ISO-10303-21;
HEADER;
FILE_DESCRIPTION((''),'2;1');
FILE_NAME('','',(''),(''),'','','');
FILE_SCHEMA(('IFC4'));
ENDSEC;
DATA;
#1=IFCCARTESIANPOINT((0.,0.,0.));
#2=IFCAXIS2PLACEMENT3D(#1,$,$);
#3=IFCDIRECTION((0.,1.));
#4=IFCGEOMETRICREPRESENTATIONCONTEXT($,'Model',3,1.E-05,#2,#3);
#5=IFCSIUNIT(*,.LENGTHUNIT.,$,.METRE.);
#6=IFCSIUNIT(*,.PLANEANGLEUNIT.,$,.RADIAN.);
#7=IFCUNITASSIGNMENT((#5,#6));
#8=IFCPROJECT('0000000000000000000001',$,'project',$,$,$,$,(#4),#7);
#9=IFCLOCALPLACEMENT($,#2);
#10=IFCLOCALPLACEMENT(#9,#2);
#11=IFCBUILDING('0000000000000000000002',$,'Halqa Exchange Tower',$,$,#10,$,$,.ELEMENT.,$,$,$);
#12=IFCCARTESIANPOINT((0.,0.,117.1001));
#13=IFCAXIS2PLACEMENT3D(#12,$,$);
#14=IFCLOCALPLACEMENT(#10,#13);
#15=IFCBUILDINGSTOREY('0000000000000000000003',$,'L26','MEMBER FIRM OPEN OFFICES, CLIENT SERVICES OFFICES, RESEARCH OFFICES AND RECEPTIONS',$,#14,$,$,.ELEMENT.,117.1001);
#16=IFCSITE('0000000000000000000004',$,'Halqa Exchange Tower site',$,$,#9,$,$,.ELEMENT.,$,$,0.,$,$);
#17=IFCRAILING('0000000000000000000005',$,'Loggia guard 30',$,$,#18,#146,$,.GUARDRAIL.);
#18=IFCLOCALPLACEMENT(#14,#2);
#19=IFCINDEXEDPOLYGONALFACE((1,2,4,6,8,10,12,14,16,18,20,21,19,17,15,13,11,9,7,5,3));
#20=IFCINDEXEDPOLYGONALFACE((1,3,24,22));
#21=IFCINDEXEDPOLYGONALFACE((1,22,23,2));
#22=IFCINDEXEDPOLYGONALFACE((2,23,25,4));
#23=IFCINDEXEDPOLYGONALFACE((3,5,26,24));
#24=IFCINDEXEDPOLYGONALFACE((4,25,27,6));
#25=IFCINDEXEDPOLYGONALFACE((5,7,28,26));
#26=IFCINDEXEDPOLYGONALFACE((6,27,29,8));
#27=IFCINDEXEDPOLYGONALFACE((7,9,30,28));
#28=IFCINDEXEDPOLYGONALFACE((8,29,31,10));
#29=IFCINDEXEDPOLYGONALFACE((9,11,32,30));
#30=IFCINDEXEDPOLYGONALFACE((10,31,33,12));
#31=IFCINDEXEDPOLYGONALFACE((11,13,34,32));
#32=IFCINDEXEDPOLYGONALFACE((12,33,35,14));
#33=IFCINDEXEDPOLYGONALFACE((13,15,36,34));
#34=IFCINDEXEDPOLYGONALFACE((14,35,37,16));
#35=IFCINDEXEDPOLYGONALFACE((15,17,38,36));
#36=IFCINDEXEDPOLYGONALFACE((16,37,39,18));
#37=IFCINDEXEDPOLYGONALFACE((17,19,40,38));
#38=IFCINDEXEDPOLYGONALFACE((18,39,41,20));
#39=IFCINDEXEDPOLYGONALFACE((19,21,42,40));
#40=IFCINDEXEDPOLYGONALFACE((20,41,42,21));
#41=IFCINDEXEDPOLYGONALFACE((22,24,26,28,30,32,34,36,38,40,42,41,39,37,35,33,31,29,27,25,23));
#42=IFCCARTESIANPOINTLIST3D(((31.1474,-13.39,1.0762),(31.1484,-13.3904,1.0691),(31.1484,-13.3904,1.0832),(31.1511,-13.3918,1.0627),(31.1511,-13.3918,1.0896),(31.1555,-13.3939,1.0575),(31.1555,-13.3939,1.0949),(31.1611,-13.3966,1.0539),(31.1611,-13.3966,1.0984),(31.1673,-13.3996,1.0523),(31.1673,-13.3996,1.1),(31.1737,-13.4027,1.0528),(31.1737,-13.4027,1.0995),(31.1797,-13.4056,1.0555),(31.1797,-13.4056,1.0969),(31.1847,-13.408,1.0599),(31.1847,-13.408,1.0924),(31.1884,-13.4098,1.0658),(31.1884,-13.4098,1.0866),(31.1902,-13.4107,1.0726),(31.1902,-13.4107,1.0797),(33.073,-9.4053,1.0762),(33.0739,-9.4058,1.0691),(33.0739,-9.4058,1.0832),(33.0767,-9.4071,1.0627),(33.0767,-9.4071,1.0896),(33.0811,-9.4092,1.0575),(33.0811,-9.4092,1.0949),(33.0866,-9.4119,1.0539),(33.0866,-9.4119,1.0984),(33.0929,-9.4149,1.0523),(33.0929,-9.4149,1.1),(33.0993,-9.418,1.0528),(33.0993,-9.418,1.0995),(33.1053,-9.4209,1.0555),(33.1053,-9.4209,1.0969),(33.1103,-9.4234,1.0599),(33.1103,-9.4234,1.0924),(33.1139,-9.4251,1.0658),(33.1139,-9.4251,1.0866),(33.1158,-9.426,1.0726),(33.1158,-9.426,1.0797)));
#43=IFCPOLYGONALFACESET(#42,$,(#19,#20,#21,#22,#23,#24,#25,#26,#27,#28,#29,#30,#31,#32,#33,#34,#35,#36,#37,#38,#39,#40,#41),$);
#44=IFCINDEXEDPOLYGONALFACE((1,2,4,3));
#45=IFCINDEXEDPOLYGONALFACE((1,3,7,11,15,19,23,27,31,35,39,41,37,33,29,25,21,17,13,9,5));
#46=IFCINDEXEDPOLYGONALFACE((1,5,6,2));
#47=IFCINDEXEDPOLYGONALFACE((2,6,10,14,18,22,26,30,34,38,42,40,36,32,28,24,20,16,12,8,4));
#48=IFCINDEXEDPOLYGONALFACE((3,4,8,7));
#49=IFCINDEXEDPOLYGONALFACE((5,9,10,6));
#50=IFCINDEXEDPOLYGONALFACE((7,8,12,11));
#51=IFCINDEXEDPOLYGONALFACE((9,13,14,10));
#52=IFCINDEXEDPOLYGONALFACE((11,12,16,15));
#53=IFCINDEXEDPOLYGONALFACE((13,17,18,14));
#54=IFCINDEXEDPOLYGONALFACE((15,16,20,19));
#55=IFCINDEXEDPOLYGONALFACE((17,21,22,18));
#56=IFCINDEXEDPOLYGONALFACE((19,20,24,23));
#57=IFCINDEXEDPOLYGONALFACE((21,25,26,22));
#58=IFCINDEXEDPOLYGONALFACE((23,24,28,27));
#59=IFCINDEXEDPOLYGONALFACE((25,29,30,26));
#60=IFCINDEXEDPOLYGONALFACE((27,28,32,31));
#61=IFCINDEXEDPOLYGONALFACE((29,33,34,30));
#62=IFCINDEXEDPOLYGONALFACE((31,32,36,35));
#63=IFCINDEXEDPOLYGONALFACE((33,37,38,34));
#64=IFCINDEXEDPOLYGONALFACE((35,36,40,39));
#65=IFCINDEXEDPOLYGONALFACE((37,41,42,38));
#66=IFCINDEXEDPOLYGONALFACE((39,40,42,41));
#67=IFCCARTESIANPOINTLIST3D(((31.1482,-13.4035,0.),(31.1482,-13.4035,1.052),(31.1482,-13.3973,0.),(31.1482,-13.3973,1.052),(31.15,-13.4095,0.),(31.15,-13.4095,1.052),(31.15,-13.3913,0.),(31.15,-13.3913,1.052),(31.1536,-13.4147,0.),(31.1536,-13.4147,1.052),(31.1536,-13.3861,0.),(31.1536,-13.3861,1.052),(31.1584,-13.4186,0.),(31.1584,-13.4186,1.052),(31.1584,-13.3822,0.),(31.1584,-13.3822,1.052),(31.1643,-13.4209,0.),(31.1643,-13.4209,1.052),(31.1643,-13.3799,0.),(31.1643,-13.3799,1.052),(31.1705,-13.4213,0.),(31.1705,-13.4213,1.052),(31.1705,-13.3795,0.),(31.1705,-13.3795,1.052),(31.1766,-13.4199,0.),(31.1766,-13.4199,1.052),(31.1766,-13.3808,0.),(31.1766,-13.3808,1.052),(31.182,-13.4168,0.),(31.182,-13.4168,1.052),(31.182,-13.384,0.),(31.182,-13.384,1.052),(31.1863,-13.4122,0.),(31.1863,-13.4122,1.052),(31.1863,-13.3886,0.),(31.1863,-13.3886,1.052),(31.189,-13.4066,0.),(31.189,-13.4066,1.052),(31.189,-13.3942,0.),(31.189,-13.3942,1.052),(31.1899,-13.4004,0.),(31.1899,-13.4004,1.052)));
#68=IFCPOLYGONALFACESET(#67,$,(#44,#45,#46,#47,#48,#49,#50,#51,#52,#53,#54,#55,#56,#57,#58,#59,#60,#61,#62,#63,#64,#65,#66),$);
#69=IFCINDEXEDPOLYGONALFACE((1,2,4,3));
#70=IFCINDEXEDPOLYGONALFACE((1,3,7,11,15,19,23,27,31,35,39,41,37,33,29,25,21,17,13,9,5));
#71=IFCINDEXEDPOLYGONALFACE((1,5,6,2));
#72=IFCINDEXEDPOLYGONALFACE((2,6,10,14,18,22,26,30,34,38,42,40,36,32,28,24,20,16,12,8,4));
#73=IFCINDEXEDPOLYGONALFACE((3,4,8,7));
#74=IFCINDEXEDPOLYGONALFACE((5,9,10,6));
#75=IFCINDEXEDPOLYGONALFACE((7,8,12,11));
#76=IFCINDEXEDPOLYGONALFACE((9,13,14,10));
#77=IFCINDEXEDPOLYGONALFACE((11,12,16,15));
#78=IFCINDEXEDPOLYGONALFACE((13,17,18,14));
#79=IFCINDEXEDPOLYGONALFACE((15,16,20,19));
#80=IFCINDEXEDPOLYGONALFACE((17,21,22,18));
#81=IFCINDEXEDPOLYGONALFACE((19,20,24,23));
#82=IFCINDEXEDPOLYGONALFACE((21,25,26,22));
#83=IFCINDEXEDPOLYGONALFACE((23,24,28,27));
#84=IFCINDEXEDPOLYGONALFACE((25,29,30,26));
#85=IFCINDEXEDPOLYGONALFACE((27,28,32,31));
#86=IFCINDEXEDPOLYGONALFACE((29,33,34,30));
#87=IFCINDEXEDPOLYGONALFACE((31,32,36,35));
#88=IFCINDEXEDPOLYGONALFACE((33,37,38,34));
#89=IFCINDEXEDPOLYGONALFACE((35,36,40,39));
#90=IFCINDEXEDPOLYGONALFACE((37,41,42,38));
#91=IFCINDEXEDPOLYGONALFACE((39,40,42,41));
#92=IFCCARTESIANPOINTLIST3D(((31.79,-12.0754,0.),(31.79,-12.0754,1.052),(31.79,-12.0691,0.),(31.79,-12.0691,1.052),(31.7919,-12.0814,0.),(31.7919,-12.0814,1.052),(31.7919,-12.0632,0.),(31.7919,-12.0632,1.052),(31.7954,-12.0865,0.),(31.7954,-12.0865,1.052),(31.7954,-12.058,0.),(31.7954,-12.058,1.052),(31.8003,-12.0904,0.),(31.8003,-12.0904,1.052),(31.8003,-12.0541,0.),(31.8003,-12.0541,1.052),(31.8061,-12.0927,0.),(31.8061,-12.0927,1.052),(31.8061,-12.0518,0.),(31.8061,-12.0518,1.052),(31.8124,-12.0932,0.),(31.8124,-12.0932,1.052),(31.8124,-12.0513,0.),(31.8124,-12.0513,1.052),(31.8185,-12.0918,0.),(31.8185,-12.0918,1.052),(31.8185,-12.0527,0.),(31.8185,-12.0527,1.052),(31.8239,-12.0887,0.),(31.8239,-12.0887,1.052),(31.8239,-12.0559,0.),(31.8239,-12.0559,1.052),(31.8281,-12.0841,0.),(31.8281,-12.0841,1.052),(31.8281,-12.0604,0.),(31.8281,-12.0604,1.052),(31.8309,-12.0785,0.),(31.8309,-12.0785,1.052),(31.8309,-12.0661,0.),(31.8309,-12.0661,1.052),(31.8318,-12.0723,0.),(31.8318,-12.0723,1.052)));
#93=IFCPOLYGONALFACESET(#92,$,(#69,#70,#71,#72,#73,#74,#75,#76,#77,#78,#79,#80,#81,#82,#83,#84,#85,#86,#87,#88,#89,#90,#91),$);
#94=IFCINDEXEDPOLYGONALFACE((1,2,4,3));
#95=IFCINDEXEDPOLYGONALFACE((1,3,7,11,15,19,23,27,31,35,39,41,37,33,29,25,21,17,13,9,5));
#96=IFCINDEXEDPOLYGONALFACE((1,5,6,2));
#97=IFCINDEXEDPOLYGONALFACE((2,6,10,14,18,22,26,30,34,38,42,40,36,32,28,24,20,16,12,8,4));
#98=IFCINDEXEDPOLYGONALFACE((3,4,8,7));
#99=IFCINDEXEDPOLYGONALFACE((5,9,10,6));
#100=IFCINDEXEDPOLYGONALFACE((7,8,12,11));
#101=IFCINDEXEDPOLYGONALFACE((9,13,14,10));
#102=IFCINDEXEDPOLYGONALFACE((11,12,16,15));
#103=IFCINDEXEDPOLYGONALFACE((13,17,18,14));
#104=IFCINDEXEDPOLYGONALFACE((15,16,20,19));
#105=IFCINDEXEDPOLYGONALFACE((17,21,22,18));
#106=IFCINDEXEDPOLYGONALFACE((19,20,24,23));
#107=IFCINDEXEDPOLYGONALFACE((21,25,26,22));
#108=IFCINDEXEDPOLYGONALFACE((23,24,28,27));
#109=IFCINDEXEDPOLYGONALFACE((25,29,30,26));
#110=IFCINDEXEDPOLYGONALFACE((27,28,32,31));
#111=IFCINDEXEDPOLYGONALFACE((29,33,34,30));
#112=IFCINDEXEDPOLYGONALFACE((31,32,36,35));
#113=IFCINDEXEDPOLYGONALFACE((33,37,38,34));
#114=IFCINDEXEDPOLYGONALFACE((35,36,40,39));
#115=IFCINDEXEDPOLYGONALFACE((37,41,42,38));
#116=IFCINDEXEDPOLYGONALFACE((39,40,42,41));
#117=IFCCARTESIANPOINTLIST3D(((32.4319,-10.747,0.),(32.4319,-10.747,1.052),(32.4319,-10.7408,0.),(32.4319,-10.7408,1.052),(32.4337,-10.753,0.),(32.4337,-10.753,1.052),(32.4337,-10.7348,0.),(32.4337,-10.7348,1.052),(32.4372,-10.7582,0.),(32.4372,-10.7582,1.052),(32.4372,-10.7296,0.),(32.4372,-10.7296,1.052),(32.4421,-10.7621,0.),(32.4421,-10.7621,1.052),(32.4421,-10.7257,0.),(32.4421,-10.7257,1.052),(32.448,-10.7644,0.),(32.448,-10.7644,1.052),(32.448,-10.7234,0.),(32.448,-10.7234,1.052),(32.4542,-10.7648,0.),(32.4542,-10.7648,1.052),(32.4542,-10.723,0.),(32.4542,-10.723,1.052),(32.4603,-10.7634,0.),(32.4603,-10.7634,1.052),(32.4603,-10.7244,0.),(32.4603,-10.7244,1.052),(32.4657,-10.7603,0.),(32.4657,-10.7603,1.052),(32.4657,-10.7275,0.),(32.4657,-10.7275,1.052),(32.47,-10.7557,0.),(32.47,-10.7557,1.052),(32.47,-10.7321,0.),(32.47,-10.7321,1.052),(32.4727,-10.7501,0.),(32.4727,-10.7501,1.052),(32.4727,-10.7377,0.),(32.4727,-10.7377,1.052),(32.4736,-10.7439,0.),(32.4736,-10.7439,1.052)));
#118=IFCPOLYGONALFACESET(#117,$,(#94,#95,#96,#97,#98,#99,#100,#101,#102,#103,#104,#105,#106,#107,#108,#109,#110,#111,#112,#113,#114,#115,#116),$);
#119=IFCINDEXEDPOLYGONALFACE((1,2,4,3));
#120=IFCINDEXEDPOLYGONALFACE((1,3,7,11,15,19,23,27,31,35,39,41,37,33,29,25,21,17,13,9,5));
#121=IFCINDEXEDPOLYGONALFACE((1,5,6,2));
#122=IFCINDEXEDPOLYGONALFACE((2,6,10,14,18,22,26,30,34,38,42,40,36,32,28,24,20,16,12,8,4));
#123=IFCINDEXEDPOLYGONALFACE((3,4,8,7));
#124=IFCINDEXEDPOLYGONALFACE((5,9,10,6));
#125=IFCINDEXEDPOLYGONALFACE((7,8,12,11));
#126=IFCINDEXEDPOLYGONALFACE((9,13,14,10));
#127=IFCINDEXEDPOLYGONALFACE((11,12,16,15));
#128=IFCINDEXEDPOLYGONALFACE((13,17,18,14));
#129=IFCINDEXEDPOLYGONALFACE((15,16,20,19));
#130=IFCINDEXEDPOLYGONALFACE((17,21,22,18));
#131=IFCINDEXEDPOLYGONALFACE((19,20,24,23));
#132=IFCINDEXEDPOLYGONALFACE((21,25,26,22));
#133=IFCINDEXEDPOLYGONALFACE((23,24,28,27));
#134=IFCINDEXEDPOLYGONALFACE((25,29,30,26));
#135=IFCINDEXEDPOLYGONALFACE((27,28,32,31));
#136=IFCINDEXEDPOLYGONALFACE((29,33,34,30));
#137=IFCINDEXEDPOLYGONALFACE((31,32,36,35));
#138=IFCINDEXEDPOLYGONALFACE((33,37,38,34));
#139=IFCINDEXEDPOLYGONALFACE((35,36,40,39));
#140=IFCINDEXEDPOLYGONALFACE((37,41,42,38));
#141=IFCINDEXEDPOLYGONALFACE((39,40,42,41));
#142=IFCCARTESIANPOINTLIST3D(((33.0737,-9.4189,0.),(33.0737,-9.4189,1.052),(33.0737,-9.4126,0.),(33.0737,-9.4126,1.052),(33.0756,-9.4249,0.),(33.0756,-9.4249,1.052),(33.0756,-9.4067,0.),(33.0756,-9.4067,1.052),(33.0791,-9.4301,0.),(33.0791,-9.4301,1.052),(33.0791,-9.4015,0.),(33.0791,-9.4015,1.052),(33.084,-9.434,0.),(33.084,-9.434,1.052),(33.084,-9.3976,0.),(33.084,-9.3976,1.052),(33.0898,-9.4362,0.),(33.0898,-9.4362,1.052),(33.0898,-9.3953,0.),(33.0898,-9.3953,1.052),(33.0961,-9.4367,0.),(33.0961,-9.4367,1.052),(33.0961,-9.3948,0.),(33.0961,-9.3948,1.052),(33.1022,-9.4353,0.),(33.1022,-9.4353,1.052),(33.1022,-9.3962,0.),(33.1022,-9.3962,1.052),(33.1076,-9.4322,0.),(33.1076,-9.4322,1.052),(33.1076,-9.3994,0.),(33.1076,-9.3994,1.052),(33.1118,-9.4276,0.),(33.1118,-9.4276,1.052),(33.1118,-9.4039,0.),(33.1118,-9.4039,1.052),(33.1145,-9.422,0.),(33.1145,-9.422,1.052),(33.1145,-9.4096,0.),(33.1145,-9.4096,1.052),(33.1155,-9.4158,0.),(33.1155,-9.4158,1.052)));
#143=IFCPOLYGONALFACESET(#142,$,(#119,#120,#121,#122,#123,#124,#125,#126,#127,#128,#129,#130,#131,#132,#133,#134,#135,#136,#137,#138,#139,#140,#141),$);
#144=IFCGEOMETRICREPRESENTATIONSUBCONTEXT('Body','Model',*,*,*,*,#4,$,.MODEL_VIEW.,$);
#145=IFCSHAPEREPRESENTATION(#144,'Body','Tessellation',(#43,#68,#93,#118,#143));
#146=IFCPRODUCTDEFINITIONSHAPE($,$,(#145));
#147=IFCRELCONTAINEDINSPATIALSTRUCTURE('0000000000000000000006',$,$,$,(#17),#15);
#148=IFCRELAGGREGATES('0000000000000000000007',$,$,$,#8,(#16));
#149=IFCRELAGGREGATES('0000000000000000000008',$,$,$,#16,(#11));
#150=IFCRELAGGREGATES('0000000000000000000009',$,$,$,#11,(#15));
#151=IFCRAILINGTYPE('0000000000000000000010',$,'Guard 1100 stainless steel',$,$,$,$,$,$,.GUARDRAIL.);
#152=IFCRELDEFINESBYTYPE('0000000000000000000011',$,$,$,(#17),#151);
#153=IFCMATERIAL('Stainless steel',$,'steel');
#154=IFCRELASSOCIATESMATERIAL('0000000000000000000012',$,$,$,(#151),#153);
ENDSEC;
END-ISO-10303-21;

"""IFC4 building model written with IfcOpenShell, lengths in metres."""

from ifc_helpers import new_model, si_unit, direction, frame, origin, origin_2d, place, context, subcontext, project, spatial, circle, extrude, material, type_object, element, save


model = new_model("IFC4")

# Units and contexts
model_context = context("Model", 3, precision=1e-05, world=origin(), true_north=direction((0.0, 1.0)))
body_context = subcontext(model_context, "Body", "Model", "MODEL_VIEW")
ifc_project = project(units=[si_unit("LENGTHUNIT", "METRE"), si_unit("PLANEANGLEUNIT", "RADIAN")], contexts=[model_context])

# Site, building, storey
site_placement = place(None, origin())
site = spatial("IfcSite", under=ifc_project, at=site_placement, Name="Halqa Exchange Tower site", CompositionType="ELEMENT", RefElevation=0.0)
building_placement = place(site_placement, origin())
building = spatial("IfcBuilding", under=site, at=building_placement, Name="Halqa Exchange Tower", CompositionType="ELEMENT")
storey_placement = place(building_placement, frame((0.0, 0.0, 117.1001)))
storey = spatial("IfcBuildingStorey", under=building, at=storey_placement, Name="L26", Description="MEMBER FIRM OPEN OFFICES, CLIENT SERVICES OFFICES, RESEARCH OFFICES AND RECEPTIONS", CompositionType="ELEMENT", Elevation=117.1001)

# Railing
ifc_material_1 = material(Name="Stainless steel", Category="steel")
railing_type = type_object("IfcRailingType", Name="Guard 1100 stainless steel", PredefinedType="GUARDRAIL", material=ifc_material_1)
railing_1_placement = place(storey_placement, frame((31.1689, -13.4004, 0.0)))
element("IfcRailing", 1, at=railing_1_placement, inside=storey, type_object=railing_type, Name="Loggia guard 30", PredefinedType="GUARDRAIL", context=body_context, shape_type="SweptSolid", body=[
    extrude(circle(Radius=0.0239, at=origin_2d()), frame((0.0, 0.0, 1.0762), z_axis=(0.435102, 0.900381, 0.0), x_axis=(-0.900381, 0.435102, 0.0)), (0.0, 0.0, 1.0), 4.4255),
    extrude(circle(Radius=0.021, at=origin_2d()), origin(), (0.0, 0.0, 1.0), 1.052),
    extrude(circle(Radius=0.021, at=origin_2d()), frame((0.6418, 1.3281, 0.0)), (0.0, 0.0, 1.0), 1.052),
    extrude(circle(Radius=0.021, at=origin_2d()), frame((1.2837, 2.6565, 0.0)), (0.0, 0.0, 1.0), 1.052),
    extrude(circle(Radius=0.021, at=origin_2d()), frame((1.9255, 3.9846, 0.0)), (0.0, 0.0, 1.0), 1.052),
])

save(model, "model.ifc")
